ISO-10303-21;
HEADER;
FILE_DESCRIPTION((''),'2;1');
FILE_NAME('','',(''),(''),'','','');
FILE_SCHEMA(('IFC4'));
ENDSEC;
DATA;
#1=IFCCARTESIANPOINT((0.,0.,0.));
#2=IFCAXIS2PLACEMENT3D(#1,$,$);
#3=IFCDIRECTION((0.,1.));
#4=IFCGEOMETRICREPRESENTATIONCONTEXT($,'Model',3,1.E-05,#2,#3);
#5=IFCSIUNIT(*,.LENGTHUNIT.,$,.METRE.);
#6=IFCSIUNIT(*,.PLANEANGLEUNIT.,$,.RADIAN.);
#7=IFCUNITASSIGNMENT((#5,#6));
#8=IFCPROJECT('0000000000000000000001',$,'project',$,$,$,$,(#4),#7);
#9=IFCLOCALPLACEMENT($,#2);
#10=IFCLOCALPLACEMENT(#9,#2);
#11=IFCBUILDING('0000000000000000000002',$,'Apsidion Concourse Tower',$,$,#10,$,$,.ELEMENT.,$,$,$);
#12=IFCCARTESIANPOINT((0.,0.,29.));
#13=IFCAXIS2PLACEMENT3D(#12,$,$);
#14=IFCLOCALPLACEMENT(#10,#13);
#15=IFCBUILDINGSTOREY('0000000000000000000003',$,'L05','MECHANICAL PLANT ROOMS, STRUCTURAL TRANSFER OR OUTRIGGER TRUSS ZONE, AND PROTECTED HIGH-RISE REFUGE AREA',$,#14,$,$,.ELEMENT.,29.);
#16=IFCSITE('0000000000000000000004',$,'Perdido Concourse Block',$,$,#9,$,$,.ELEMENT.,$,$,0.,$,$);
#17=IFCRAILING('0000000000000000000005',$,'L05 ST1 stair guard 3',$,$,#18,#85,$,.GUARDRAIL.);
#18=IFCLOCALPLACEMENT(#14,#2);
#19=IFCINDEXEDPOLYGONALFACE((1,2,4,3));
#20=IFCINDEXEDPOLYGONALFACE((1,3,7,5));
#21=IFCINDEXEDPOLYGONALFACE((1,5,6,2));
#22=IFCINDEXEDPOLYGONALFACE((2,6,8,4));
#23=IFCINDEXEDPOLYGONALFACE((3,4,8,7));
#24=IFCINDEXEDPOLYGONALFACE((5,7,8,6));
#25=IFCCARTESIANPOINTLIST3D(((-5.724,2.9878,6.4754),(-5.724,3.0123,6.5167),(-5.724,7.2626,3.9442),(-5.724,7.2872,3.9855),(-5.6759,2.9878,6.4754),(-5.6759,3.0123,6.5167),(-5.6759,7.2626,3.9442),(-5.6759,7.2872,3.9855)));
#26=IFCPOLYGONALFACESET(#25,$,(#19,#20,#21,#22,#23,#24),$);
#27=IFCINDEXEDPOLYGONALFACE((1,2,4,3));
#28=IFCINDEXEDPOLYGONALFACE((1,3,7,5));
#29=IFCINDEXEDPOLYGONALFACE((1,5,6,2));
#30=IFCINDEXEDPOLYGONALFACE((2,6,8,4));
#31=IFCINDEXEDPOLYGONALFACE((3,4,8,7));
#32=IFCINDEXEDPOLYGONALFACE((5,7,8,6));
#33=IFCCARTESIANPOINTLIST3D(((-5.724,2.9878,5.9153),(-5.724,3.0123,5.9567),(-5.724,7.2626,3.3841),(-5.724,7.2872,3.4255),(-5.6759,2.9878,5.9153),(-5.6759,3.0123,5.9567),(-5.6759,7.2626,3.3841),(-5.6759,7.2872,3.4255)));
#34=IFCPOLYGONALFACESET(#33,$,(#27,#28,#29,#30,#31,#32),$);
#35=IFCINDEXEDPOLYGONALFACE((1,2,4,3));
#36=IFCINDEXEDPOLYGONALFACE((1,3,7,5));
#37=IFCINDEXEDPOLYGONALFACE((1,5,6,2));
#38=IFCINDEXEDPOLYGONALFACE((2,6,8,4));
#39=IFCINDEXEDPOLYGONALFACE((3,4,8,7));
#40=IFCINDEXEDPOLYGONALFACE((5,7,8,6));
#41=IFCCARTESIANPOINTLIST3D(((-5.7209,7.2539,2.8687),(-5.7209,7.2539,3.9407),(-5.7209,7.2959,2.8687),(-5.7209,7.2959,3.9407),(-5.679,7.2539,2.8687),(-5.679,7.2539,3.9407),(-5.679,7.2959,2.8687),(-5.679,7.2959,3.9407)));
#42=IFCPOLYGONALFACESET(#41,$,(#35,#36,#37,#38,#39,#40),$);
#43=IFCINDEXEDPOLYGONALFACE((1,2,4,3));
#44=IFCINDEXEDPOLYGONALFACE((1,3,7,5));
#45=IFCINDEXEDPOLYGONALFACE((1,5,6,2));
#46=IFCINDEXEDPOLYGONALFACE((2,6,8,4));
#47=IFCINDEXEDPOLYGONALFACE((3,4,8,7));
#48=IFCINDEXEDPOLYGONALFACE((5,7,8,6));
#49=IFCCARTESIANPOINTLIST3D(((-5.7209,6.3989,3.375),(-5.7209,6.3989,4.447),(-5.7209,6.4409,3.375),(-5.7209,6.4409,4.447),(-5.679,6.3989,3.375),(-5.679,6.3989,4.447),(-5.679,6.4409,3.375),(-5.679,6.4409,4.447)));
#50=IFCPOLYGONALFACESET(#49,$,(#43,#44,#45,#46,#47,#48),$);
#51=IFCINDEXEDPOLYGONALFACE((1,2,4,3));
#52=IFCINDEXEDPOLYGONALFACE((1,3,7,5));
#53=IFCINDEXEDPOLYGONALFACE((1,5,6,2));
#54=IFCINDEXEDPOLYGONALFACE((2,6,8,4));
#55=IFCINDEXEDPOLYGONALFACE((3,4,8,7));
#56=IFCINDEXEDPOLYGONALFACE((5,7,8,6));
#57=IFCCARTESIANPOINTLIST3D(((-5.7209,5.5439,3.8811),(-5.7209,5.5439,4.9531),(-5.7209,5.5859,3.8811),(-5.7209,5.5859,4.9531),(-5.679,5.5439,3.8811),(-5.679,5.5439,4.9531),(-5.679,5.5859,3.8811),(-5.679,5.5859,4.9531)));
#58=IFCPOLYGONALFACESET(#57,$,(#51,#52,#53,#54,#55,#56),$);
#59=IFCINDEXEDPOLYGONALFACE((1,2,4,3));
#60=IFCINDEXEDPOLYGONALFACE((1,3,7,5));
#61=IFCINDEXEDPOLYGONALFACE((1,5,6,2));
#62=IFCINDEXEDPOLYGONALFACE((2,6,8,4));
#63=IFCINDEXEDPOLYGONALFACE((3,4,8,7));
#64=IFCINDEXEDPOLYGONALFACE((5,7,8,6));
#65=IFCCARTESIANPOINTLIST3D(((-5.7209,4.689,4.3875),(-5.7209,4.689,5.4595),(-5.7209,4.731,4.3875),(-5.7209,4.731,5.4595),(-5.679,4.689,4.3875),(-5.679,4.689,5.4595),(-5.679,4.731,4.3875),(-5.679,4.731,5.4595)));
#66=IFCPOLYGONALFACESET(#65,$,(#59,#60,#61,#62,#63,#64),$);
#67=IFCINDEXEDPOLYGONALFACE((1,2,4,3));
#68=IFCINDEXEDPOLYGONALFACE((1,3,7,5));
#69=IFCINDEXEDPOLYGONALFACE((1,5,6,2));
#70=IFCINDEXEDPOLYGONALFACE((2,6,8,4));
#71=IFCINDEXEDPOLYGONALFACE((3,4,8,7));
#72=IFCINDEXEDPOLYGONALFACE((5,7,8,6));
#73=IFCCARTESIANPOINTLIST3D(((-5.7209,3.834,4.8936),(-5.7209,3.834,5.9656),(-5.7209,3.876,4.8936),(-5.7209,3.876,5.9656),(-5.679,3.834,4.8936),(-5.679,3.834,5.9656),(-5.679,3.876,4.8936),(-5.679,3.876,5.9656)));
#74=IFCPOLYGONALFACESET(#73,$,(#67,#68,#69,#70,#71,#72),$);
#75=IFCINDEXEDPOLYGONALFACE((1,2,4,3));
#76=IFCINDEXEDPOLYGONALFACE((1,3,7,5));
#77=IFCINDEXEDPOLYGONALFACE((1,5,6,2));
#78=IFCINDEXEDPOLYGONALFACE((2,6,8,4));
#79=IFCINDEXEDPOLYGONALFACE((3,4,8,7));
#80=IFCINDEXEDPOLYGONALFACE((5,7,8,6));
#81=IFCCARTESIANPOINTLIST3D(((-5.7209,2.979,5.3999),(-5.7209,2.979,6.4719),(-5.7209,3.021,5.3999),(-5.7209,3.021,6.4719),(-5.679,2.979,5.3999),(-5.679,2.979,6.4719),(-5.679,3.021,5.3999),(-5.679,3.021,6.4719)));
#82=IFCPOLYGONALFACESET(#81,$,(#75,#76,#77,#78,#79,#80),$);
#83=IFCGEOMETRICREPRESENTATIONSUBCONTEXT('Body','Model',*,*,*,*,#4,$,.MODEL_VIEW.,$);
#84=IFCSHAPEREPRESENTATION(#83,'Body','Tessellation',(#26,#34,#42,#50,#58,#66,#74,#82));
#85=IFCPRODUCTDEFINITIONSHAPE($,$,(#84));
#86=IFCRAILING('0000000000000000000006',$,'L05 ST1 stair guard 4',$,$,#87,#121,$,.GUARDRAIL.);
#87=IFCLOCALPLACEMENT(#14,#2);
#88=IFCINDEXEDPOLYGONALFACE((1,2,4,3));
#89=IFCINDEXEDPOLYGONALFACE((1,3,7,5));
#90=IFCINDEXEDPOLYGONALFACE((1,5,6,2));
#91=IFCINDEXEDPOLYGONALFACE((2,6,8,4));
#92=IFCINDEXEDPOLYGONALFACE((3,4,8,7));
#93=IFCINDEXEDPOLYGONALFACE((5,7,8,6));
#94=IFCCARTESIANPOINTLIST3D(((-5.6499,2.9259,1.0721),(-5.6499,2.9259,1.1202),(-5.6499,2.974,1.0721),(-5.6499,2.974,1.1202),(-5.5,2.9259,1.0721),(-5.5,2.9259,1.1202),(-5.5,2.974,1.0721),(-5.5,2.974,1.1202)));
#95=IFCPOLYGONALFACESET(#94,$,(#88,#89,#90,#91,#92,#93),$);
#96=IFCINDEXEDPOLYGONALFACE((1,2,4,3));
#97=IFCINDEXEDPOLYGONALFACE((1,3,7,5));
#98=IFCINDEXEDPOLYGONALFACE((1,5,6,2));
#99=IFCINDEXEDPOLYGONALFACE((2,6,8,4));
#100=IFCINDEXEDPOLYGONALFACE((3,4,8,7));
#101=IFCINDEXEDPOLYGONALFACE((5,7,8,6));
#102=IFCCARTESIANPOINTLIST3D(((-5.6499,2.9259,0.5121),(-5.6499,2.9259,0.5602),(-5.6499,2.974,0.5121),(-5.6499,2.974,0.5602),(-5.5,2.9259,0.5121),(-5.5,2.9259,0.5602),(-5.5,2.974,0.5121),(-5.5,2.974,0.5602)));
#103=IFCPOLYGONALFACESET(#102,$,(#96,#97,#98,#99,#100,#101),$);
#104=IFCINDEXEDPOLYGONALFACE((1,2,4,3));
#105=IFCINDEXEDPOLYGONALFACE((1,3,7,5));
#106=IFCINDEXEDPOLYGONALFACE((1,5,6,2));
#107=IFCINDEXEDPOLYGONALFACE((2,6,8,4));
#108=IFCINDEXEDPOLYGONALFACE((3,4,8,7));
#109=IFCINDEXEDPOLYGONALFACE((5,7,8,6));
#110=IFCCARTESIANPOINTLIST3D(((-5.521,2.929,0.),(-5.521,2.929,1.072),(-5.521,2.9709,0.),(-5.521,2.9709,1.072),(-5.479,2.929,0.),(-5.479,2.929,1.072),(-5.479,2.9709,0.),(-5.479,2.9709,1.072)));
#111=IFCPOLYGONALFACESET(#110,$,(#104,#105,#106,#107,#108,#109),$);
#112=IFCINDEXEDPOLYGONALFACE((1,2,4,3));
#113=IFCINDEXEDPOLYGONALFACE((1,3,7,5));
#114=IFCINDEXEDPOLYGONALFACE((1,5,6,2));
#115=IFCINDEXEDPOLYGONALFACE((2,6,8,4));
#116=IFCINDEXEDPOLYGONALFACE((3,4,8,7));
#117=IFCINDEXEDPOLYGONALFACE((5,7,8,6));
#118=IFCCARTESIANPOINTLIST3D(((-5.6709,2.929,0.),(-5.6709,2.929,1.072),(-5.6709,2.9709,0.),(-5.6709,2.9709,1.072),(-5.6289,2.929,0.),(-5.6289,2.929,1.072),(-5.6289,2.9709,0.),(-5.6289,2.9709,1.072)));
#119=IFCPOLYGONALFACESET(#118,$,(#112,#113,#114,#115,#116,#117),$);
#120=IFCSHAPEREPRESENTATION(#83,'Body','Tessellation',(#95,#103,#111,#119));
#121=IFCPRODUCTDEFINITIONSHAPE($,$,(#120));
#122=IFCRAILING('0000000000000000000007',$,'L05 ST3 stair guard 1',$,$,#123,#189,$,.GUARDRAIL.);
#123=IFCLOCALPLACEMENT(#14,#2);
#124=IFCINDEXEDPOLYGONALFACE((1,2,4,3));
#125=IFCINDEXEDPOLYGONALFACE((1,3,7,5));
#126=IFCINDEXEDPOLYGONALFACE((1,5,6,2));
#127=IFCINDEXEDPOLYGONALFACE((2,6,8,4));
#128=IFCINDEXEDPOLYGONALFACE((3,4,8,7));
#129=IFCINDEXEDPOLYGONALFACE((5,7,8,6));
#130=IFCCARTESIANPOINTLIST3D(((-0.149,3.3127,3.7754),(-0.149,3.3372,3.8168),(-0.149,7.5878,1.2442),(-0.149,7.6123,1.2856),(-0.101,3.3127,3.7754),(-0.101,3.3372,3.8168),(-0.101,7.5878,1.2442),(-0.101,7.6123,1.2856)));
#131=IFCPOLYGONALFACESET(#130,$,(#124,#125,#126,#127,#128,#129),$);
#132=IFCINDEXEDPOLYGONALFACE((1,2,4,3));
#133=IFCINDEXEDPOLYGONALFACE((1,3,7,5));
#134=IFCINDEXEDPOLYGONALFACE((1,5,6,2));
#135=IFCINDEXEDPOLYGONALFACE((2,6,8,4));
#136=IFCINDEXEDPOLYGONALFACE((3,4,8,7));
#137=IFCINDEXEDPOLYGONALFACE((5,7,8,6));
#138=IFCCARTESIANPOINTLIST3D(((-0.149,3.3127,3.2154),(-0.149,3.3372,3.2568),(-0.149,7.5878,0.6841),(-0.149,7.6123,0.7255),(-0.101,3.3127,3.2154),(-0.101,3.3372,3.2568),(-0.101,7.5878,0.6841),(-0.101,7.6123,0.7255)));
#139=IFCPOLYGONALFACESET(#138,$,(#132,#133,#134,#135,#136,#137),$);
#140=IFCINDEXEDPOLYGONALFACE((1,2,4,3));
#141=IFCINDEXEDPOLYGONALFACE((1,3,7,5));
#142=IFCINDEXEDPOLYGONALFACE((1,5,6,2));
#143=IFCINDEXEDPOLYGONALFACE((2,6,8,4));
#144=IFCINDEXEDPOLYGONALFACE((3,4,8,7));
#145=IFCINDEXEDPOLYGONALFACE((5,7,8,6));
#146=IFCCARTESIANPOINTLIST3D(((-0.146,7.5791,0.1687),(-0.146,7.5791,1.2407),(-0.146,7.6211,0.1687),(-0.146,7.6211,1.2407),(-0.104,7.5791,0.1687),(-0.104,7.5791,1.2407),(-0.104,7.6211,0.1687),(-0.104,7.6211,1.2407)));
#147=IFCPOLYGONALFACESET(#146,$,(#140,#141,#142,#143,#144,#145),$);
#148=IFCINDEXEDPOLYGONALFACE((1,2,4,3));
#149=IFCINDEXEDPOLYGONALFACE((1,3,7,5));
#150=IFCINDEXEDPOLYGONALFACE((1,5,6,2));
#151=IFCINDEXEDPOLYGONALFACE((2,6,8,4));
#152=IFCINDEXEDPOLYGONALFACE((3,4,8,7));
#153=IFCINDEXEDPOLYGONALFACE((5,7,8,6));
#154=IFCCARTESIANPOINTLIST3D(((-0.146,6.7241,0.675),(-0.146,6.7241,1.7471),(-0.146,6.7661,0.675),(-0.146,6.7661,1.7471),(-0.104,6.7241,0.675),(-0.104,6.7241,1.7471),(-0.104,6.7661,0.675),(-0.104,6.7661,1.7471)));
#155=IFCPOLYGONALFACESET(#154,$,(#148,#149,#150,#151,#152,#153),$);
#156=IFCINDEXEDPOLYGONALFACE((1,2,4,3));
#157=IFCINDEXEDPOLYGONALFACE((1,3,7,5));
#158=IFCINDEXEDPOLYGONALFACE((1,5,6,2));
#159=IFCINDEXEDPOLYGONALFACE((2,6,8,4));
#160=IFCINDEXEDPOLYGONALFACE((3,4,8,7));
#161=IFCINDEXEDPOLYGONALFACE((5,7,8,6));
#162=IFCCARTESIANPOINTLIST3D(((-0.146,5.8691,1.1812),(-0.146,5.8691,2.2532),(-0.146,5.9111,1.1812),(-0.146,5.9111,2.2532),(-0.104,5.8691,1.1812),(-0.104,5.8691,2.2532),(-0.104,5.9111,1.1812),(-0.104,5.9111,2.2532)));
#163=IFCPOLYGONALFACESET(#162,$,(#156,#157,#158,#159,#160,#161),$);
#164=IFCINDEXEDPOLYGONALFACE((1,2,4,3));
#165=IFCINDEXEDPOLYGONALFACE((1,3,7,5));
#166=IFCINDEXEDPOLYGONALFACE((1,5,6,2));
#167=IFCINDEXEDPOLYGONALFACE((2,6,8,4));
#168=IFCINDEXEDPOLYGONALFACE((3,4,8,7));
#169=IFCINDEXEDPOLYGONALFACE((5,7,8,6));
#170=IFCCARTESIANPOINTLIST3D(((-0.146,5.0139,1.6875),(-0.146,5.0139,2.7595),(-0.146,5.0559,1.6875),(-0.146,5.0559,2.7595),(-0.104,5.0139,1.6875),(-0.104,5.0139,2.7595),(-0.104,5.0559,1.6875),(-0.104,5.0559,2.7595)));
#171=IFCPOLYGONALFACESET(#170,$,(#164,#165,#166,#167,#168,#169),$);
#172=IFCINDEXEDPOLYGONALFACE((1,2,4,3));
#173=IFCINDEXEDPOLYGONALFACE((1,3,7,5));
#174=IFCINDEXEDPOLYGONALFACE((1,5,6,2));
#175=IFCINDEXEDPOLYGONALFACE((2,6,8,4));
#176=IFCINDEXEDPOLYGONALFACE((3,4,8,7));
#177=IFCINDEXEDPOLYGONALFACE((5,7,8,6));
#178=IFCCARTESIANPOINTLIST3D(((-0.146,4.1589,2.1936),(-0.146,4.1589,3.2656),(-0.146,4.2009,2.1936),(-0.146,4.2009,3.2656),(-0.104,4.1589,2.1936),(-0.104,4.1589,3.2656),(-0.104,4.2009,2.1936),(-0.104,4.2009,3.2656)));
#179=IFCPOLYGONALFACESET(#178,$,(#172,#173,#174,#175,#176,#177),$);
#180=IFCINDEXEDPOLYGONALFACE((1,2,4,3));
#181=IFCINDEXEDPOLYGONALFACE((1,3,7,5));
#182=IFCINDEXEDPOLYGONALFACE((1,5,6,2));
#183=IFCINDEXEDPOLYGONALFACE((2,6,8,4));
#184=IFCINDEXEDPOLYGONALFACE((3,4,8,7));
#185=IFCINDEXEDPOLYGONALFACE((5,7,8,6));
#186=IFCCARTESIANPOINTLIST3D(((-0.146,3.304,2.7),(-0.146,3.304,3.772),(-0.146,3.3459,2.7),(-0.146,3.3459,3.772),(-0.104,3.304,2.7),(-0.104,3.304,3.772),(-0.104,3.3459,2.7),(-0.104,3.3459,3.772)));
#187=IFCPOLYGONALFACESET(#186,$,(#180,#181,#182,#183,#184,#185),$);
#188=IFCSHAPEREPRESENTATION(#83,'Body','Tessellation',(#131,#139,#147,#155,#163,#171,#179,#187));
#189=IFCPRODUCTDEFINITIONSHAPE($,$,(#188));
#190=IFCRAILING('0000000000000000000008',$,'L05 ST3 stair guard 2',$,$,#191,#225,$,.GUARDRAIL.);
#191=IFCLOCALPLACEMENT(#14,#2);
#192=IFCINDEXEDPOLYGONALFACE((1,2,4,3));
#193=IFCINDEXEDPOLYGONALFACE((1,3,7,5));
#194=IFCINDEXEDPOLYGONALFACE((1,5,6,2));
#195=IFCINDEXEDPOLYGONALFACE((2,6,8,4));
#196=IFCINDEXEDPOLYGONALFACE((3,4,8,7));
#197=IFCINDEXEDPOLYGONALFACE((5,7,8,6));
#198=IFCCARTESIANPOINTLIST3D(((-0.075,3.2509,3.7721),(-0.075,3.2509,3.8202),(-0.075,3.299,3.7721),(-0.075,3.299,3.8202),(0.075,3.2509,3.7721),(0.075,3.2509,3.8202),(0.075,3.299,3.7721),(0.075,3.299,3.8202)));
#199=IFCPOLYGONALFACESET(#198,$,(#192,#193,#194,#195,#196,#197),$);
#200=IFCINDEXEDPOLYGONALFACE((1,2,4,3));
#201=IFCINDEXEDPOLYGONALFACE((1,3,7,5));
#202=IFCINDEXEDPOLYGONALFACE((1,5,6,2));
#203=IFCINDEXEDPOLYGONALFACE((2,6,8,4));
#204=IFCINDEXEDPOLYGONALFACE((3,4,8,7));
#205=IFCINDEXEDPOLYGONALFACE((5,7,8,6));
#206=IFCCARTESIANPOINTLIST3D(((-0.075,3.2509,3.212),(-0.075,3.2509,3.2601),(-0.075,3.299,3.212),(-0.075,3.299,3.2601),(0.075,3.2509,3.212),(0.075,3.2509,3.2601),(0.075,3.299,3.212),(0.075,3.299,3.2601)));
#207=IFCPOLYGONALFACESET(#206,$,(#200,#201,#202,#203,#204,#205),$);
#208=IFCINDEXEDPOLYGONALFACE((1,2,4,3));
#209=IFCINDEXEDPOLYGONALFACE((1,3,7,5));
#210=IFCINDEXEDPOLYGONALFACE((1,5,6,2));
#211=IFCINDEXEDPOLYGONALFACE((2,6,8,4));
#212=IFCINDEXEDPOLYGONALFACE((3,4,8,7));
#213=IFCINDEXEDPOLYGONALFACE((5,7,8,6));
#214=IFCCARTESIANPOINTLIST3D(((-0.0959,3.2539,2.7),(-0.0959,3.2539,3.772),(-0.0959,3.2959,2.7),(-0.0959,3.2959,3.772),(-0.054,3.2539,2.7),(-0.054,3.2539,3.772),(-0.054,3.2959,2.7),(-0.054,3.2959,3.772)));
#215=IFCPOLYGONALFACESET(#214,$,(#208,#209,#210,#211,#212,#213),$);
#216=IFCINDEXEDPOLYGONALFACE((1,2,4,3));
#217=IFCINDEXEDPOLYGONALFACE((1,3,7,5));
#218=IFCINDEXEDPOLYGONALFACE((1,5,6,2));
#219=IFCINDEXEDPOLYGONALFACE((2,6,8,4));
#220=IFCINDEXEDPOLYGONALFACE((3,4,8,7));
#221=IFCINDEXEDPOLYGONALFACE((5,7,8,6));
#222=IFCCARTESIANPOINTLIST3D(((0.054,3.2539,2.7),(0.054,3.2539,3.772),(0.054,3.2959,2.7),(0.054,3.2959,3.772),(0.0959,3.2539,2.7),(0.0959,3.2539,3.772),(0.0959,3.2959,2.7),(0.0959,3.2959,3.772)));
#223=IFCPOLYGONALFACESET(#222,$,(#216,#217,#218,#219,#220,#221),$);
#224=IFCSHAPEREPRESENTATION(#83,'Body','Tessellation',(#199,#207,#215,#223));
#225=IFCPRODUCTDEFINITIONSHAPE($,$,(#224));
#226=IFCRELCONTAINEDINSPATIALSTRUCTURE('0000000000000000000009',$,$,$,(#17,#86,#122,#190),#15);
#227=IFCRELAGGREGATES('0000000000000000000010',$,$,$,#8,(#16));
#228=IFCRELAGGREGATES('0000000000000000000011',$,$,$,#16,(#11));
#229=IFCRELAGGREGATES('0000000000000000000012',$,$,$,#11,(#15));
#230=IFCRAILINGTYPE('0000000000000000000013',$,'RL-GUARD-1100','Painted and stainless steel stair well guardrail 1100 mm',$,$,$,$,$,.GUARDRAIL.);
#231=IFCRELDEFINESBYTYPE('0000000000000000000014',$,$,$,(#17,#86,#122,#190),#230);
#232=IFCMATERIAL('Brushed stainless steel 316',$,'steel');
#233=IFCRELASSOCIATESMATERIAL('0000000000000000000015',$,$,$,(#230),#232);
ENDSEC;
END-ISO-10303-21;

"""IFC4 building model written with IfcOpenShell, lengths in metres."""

from ifc_helpers import new_model, si_unit, direction, frame, origin, origin_2d, place, context, subcontext, project, spatial, rectangle, extrude, material, type_object, element, save


model = new_model("IFC4")

# Units and contexts
model_context = context("Model", 3, precision=1e-05, world=origin(), true_north=direction((0.0, 1.0)))
body_context = subcontext(model_context, "Body", "Model", "MODEL_VIEW")
ifc_project = project(units=[si_unit("LENGTHUNIT", "METRE"), si_unit("PLANEANGLEUNIT", "RADIAN")], contexts=[model_context])

# Site, building, storey
site_placement = place(None, origin())
site = spatial("IfcSite", under=ifc_project, at=site_placement, Name="Perdido Concourse Block", CompositionType="ELEMENT", RefElevation=0.0)
building_placement = place(site_placement, origin())
building = spatial("IfcBuilding", under=site, at=building_placement, Name="Apsidion Concourse Tower", CompositionType="ELEMENT")
storey_placement = place(building_placement, frame((0.0, 0.0, 29.0)))
storey = spatial("IfcBuildingStorey", under=building, at=storey_placement, Name="L05", Description="MECHANICAL PLANT ROOMS, STRUCTURAL TRANSFER OR OUTRIGGER TRUSS ZONE, AND PROTECTED HIGH-RISE REFUGE AREA", CompositionType="ELEMENT", Elevation=29.0)

# Shared definitions
ifc_material_1 = material(Name="Brushed stainless steel 316", Category="steel")

# Railings
railing_type_1 = type_object("IfcRailingType", Name="RL-GUARD-1100", Description="Painted and stainless steel stair well guardrail 1100 mm", PredefinedType="GUARDRAIL", material=ifc_material_1)
railing_1_placement = place(storey_placement, frame((-5.7, 7.2749, 2.8687)))
element("IfcRailing", 1, at=railing_1_placement, inside=storey, type_object=railing_type_1, Name="L05 ST1 stair guard 3", PredefinedType="GUARDRAIL", context=body_context, shape_type="SweptSolid", body=[
    extrude(rectangle(XDim=0.0481, YDim=0.0481, at=origin_2d()), frame((0.0, 0.0, 1.0962), z_axis=(0.0, -0.86047, 0.509501), x_axis=(1.0, 0.0, 0.0)), (0.0, 0.0, 1.0), 4.968),
    extrude(rectangle(XDim=0.0481, YDim=0.0481, at=origin_2d()), frame((0.0, 0.0, 0.5361), z_axis=(0.0, -0.86047, 0.509501), x_axis=(1.0, 0.0, 0.0)), (0.0, 0.0, 1.0), 4.968),
    extrude(rectangle(XDim=0.042, YDim=0.042, at=origin_2d()), origin(), (0.0, 0.0, 1.0), 1.072),
    extrude(rectangle(XDim=0.042, YDim=0.042, at=origin_2d()), frame((0.0, -0.855, 0.5063)), (0.0, 0.0, 1.0), 1.072),
    extrude(rectangle(XDim=0.042, YDim=0.042, at=origin_2d()), frame((0.0, -1.71, 1.0125)), (0.0, 0.0, 1.0), 1.072),
    extrude(rectangle(XDim=0.042, YDim=0.042, at=origin_2d()), frame((0.0, -2.5649, 1.5188)), (0.0, 0.0, 1.0), 1.072),
    extrude(rectangle(XDim=0.042, YDim=0.042, at=origin_2d()), frame((0.0, -3.4199, 2.0249)), (0.0, 0.0, 1.0), 1.072),
    extrude(rectangle(XDim=0.042, YDim=0.042, at=origin_2d()), frame((0.0, -4.2749, 2.5312)), (0.0, 0.0, 1.0), 1.072),
])
railing_2_placement = place(storey_placement, frame((-5.5, 2.95, 0.0)))
element("IfcRailing", 2, at=railing_2_placement, inside=storey, type_object=railing_type_1, Name="L05 ST1 stair guard 4", PredefinedType="GUARDRAIL", context=body_context, shape_type="SweptSolid", body=[
    extrude(rectangle(XDim=0.0481, YDim=0.0481, at=origin_2d()), frame((0.0, 0.0, 1.0962), z_axis=(-1.0, 0.0, 0.0), x_axis=(0.0, -1.0, 0.0)), (0.0, 0.0, 1.0), 0.1499),
    extrude(rectangle(XDim=0.0481, YDim=0.0481, at=origin_2d()), frame((0.0, 0.0, 0.5361), z_axis=(-1.0, 0.0, 0.0), x_axis=(0.0, -1.0, 0.0)), (0.0, 0.0, 1.0), 0.1499),
    extrude(rectangle(XDim=0.042, YDim=0.042, at=origin_2d()), origin(), (0.0, 0.0, 1.0), 1.072),
    extrude(rectangle(XDim=0.042, YDim=0.042, at=origin_2d()), frame((-0.1499, 0.0, 0.0)), (0.0, 0.0, 1.0), 1.072),
])
railing_3_placement = place(storey_placement, frame((-0.125, 7.6001, 0.1687)))
element("IfcRailing", 3, at=railing_3_placement, inside=storey, type_object=railing_type_1, Name="L05 ST3 stair guard 1", PredefinedType="GUARDRAIL", context=body_context, shape_type="SweptSolid", body=[
    extrude(rectangle(XDim=0.0481, YDim=0.0481, at=origin_2d()), frame((0.0, 0.0, 1.0962), z_axis=(0.0, -0.860483, 0.509479), x_axis=(1.0, 0.0, 0.0)), (0.0, 0.0, 1.0), 4.9683),
    extrude(rectangle(XDim=0.0481, YDim=0.0481, at=origin_2d()), frame((0.0, 0.0, 0.5361), z_axis=(0.0, -0.860483, 0.509479), x_axis=(1.0, 0.0, 0.0)), (0.0, 0.0, 1.0), 4.9683),
    extrude(rectangle(XDim=0.042, YDim=0.042, at=origin_2d()), origin(), (0.0, 0.0, 1.0), 1.072),
    extrude(rectangle(XDim=0.042, YDim=0.042, at=origin_2d()), frame((0.0, -0.855, 0.5063)), (0.0, 0.0, 1.0), 1.072),
    extrude(rectangle(XDim=0.042, YDim=0.042, at=origin_2d()), frame((0.0, -1.71, 1.0125)), (0.0, 0.0, 1.0), 1.072),
    extrude(rectangle(XDim=0.042, YDim=0.042, at=origin_2d()), frame((0.0, -2.5652, 1.5188)), (0.0, 0.0, 1.0), 1.072),
    extrude(rectangle(XDim=0.042, YDim=0.042, at=origin_2d()), frame((0.0, -3.4202, 2.0249)), (0.0, 0.0, 1.0), 1.072),
    extrude(rectangle(XDim=0.042, YDim=0.042, at=origin_2d()), frame((0.0, -4.2751, 2.5312)), (0.0, 0.0, 1.0), 1.072),
])
railing_4_placement = place(storey_placement, frame((-0.075, 3.2749, 2.7)))
element("IfcRailing", 4, at=railing_4_placement, inside=storey, type_object=railing_type_1, Name="L05 ST3 stair guard 2", PredefinedType="GUARDRAIL", context=body_context, shape_type="SweptSolid", body=[
    extrude(rectangle(XDim=0.0481, YDim=0.0481, at=origin_2d()), frame((0.0, 0.0, 1.0962), z_axis=(1.0, 0.0, 0.0), x_axis=(0.0, 1.0, 0.0)), (0.0, 0.0, 1.0), 0.1499),
    extrude(rectangle(XDim=0.0481, YDim=0.0481, at=origin_2d()), frame((0.0, 0.0, 0.5361), z_axis=(1.0, 0.0, 0.0), x_axis=(0.0, 1.0, 0.0)), (0.0, 0.0, 1.0), 0.1499),
    extrude(rectangle(XDim=0.042, YDim=0.042, at=origin_2d()), origin(), (0.0, 0.0, 1.0), 1.072),
    extrude(rectangle(XDim=0.042, YDim=0.042, at=origin_2d()), frame((0.1499, 0.0, 0.0)), (0.0, 0.0, 1.0), 1.072),
])

save(model, "model.ifc")
